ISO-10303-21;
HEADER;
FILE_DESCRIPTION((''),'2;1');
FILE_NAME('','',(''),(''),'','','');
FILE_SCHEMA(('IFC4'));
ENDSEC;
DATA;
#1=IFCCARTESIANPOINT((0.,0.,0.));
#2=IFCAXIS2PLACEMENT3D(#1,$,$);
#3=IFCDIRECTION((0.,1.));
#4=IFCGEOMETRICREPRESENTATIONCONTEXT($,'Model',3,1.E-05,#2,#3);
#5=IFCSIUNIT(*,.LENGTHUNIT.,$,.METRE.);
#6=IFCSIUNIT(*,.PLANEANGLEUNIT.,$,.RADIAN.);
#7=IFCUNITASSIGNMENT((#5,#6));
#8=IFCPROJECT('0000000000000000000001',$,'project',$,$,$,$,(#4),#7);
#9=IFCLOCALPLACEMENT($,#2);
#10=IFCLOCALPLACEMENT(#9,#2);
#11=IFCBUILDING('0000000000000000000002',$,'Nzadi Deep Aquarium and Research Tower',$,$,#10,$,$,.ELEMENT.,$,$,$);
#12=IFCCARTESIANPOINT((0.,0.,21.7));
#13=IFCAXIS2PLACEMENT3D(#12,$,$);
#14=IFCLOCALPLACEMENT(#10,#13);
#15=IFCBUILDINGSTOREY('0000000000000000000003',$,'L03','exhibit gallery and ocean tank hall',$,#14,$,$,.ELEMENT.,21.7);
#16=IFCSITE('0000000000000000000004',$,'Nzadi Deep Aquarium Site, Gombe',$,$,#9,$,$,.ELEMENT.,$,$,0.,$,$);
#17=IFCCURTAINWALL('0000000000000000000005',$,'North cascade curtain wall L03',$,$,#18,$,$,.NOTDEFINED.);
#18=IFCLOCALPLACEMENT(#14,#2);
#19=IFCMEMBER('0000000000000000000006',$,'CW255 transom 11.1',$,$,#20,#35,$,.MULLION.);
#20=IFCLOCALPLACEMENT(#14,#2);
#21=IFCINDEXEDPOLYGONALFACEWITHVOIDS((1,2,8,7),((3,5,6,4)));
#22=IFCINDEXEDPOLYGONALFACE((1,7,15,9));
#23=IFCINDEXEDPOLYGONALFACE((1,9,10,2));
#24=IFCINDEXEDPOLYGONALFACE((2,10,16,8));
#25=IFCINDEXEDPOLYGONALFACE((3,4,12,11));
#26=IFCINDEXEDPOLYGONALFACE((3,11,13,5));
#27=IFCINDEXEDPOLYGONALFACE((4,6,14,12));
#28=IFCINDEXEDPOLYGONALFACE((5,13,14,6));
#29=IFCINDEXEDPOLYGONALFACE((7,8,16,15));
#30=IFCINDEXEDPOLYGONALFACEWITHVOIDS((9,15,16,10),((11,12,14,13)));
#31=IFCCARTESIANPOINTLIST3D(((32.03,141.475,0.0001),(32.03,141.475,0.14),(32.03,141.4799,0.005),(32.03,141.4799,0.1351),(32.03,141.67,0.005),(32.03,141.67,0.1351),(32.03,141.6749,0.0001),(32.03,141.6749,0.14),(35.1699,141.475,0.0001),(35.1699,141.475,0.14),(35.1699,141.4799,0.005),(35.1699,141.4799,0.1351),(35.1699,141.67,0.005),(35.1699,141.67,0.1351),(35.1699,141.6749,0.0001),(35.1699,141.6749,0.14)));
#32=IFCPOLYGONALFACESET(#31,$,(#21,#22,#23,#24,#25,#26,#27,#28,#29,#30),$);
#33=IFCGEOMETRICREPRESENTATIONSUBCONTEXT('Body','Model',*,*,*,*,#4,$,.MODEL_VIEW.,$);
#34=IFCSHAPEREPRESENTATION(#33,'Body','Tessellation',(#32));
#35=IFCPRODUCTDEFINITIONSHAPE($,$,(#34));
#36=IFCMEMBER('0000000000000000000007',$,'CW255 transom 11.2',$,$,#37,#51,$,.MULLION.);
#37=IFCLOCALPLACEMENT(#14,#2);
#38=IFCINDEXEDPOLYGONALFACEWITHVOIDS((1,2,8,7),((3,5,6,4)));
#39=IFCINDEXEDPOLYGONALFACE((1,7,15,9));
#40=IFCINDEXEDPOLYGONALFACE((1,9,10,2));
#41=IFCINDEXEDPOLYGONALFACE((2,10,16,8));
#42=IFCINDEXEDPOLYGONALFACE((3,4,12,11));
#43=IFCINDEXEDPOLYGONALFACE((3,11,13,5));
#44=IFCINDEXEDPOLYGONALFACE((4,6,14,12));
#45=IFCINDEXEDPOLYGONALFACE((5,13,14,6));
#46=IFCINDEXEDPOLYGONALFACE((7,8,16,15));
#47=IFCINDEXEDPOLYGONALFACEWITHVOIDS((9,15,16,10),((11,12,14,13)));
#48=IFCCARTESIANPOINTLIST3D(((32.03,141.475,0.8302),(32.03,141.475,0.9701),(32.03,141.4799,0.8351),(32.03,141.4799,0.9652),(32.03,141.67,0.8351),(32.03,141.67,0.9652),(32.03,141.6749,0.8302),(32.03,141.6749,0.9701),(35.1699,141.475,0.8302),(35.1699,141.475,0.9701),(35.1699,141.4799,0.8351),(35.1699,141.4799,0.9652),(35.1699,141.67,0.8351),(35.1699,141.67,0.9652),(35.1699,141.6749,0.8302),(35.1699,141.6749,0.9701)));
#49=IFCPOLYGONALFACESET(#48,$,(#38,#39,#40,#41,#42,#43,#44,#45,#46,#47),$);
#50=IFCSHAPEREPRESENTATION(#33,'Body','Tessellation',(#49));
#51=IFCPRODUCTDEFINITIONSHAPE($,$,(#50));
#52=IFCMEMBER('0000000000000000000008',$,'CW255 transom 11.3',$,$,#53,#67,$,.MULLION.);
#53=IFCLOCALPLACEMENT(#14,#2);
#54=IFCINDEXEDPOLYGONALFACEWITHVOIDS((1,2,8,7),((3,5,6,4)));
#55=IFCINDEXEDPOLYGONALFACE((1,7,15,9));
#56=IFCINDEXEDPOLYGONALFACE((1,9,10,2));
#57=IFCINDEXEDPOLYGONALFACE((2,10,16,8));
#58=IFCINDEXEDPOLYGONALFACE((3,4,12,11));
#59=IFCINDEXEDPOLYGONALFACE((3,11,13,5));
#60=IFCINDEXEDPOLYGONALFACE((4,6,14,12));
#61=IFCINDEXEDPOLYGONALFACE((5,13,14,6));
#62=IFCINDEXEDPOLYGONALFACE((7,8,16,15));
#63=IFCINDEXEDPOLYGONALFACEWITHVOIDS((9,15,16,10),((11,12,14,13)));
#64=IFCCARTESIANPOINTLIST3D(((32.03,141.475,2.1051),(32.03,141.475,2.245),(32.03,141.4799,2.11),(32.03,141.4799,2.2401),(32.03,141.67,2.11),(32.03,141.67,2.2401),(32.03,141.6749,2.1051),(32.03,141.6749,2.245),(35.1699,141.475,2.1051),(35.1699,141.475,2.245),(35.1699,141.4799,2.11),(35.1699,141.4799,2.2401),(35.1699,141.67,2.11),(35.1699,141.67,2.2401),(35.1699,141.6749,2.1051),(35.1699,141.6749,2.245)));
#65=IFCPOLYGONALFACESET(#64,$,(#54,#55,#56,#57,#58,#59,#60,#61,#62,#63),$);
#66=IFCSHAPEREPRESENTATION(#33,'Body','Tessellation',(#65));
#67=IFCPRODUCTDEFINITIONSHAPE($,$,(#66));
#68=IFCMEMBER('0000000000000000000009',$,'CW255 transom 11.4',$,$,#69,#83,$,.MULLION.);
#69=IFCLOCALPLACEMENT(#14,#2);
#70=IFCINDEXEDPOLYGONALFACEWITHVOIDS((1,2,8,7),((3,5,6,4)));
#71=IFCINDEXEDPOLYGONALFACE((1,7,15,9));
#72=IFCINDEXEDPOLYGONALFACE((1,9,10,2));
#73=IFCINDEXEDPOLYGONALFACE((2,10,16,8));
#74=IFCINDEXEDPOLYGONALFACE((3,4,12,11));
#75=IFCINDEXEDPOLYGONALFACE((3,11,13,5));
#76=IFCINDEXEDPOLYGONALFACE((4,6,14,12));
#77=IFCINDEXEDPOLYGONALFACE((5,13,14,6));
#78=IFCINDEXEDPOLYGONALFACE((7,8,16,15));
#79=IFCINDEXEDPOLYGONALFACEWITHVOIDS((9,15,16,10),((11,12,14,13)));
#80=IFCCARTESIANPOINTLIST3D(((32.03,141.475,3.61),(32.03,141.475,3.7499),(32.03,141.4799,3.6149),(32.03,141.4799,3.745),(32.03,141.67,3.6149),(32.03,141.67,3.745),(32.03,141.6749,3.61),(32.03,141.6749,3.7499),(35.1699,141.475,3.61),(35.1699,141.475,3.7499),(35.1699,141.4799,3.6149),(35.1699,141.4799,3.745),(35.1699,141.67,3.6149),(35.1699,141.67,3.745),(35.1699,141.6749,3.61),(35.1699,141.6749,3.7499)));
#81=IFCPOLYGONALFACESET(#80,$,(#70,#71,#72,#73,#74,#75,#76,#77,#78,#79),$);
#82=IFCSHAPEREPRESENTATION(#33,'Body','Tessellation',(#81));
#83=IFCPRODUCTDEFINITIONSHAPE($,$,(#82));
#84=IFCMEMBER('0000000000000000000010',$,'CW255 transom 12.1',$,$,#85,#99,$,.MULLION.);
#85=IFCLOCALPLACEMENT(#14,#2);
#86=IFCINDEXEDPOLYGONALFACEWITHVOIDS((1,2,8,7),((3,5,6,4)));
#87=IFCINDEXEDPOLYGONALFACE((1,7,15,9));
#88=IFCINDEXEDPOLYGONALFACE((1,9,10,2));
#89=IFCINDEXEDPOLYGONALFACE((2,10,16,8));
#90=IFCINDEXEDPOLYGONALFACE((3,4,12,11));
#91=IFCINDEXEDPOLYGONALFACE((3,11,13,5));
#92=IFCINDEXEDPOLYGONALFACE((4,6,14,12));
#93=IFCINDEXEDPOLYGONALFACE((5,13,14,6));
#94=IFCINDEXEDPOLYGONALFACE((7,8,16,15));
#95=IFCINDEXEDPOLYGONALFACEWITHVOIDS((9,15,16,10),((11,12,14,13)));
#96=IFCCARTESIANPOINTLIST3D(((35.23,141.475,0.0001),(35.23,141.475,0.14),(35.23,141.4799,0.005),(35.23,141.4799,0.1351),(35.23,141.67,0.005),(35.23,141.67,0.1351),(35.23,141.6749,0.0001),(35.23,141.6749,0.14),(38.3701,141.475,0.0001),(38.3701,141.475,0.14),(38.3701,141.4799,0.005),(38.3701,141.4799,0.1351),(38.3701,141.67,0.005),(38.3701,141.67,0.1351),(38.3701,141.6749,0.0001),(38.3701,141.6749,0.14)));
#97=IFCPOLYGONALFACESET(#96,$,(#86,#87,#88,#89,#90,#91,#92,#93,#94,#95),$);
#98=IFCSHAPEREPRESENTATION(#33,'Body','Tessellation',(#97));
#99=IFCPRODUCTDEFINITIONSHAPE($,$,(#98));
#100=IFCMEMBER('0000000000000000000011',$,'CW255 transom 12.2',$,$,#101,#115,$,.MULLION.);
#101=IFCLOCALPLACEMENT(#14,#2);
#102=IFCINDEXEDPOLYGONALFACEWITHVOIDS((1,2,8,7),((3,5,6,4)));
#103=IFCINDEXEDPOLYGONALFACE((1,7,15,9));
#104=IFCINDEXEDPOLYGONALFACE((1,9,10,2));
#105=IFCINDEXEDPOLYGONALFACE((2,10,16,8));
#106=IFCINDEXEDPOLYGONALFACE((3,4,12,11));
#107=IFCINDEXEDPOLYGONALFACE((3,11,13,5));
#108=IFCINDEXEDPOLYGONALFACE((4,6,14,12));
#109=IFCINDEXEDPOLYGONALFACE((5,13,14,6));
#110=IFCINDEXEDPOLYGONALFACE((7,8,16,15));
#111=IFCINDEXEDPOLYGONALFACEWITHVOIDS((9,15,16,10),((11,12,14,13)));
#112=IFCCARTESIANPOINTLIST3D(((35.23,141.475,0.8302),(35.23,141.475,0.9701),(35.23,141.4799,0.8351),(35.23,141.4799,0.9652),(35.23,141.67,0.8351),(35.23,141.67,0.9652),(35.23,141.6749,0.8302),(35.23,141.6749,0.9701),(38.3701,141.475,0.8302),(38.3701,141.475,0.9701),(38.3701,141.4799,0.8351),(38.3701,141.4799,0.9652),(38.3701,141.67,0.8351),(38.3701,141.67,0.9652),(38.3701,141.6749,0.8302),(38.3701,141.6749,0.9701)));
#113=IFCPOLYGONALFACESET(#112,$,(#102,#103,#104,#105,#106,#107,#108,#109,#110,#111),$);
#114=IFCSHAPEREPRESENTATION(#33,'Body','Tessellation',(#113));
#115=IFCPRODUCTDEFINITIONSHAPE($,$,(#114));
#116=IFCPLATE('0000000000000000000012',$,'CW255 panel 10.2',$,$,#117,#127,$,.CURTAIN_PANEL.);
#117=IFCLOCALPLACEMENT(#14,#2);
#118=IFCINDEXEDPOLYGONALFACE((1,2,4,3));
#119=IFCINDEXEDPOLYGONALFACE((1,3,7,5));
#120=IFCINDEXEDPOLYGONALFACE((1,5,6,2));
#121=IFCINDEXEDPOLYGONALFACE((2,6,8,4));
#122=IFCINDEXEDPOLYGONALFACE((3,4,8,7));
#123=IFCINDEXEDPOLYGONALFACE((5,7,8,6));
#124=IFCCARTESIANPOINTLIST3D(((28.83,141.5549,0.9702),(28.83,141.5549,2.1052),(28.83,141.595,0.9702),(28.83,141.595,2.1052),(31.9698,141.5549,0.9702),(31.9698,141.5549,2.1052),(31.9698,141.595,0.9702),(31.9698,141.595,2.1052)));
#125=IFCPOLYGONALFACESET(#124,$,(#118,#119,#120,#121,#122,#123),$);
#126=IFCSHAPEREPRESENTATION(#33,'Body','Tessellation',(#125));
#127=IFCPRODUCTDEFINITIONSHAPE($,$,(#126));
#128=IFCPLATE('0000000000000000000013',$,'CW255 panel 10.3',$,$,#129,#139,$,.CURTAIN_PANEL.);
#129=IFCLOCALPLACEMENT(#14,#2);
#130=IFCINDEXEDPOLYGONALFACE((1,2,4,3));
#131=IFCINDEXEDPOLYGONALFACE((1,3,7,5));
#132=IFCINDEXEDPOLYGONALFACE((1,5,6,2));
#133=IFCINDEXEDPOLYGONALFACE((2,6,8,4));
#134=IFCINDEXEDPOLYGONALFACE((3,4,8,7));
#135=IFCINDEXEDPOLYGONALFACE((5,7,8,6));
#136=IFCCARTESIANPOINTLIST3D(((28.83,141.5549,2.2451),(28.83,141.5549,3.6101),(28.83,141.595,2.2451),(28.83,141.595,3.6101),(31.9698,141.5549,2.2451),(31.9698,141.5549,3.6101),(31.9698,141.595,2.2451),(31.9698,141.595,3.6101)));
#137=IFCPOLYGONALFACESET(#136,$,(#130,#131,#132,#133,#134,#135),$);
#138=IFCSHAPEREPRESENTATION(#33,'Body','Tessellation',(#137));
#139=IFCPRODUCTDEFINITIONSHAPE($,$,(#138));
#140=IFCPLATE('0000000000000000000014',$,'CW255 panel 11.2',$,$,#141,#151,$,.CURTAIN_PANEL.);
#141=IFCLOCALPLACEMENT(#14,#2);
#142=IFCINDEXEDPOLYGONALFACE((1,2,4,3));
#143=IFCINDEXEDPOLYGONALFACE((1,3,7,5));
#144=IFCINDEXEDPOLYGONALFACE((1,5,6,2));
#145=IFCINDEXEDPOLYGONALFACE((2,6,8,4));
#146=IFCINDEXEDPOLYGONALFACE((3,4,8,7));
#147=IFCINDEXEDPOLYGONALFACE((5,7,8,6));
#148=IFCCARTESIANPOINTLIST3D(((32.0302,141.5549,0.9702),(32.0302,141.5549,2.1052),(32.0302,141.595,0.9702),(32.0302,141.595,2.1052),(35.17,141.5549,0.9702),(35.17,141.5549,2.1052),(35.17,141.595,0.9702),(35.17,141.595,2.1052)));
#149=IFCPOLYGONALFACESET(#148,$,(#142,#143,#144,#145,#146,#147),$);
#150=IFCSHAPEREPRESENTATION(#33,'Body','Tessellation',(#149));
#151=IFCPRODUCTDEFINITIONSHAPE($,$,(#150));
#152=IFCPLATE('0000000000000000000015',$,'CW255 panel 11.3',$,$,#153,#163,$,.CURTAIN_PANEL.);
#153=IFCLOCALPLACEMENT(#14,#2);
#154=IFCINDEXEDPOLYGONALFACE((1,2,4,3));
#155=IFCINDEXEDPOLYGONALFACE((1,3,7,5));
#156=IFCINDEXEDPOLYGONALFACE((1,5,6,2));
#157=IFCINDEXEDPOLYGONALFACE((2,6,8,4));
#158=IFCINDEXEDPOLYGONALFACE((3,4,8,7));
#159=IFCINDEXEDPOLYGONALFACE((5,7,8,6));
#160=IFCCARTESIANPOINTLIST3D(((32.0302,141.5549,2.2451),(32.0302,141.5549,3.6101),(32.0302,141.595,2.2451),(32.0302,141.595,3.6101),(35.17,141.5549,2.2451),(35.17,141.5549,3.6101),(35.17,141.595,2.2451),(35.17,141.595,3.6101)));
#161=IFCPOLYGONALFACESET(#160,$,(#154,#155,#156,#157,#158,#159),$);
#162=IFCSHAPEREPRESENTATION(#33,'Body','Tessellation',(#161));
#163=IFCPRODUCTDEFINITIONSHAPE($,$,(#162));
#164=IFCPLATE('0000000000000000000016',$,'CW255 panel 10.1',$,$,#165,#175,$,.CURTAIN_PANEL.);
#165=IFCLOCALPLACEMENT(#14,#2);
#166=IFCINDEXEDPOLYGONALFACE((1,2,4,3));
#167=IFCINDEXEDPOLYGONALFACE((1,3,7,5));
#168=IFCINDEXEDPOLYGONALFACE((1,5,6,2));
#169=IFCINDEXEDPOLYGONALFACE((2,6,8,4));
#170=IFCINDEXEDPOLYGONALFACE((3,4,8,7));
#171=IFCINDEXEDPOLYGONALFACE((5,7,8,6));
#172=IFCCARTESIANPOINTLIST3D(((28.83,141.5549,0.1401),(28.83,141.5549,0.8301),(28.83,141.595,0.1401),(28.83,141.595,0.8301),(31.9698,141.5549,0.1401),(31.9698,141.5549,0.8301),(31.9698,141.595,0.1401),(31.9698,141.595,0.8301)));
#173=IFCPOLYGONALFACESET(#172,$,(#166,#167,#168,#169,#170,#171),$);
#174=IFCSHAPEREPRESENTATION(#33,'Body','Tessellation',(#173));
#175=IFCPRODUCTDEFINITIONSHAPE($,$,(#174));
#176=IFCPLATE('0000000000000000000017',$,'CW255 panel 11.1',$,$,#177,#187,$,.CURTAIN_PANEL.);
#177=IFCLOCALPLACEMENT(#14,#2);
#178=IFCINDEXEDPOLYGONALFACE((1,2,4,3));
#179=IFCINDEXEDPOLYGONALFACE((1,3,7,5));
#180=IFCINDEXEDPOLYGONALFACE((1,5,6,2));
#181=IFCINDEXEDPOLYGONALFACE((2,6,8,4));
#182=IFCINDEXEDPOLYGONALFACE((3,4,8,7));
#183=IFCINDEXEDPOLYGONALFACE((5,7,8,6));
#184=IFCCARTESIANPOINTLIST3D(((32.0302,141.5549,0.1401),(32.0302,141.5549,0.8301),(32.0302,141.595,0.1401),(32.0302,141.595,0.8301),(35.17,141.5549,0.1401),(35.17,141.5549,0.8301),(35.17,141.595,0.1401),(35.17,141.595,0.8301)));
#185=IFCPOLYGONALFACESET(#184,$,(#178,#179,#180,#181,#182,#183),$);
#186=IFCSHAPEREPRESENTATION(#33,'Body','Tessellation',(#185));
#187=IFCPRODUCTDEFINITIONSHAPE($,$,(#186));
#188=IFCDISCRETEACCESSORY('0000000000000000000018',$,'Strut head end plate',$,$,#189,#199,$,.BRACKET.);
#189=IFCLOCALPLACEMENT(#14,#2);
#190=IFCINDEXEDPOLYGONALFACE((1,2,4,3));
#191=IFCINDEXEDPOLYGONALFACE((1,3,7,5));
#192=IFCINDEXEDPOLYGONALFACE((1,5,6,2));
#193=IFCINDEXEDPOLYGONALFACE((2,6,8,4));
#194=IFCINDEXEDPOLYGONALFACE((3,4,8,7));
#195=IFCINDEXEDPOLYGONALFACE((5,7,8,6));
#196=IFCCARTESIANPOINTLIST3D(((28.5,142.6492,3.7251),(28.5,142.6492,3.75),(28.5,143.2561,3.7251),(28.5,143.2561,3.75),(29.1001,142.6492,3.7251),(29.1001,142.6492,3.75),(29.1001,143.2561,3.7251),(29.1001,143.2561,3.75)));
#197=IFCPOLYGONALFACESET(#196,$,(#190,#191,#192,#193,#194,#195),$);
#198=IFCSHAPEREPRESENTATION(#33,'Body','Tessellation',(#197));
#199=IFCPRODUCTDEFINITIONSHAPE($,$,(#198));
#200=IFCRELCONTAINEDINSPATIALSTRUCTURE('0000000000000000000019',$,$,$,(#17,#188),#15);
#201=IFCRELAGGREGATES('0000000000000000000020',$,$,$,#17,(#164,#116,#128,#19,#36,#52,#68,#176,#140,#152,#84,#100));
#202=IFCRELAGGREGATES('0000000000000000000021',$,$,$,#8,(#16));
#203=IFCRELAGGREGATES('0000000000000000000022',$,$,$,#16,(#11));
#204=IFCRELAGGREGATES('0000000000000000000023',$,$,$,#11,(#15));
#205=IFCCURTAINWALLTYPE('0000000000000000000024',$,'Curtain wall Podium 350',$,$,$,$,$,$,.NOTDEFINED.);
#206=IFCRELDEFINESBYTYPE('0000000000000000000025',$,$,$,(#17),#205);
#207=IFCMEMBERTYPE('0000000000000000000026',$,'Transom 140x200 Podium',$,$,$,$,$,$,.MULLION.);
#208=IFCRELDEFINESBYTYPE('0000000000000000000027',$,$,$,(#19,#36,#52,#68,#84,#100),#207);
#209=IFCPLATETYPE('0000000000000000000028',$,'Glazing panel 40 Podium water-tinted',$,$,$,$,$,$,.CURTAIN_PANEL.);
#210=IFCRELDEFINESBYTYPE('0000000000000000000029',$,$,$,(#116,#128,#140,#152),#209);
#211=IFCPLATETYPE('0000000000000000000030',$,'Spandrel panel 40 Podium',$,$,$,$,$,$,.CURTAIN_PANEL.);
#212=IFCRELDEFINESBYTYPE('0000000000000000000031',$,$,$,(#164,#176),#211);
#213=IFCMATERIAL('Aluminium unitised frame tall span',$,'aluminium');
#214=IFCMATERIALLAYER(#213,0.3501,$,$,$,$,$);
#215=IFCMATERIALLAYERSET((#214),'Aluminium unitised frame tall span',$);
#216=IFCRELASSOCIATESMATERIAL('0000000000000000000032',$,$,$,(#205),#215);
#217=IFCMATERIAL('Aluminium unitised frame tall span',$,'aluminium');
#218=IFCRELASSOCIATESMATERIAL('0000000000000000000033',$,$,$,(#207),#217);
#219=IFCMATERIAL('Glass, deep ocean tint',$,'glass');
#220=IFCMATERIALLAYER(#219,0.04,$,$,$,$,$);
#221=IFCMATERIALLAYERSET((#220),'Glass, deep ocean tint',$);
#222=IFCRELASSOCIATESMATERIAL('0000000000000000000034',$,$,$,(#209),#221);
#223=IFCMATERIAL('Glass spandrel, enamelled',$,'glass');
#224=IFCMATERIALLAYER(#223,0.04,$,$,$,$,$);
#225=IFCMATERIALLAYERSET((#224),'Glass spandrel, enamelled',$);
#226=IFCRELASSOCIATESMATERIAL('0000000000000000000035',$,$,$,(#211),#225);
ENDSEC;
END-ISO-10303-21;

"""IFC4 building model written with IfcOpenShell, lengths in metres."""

from ifc_helpers import new_model, si_unit, direction, frame, origin, origin_2d, place, context, subcontext, project, spatial, rectangle, hollow_rectangle, extrude, material, layer, layer_set, material_profile, profile_set, type_object, element, aggregate, save


model = new_model("IFC4")

# Units and contexts
model_context = context("Model", 3, precision=1e-05, world=origin(), true_north=direction((0.0, 1.0)))
body_context = subcontext(model_context, "Body", "Model", "MODEL_VIEW")
ifc_project = project(units=[si_unit("LENGTHUNIT", "METRE"), si_unit("PLANEANGLEUNIT", "RADIAN")], contexts=[model_context])

# Site, building, storey
site_placement = place(None, origin())
site = spatial("IfcSite", under=ifc_project, at=site_placement, Name="Nzadi Deep Aquarium Site, Gombe", CompositionType="ELEMENT", RefElevation=0.0)
building_placement = place(site_placement, origin())
building = spatial("IfcBuilding", under=site, at=building_placement, Name="Nzadi Deep Aquarium and Research Tower", CompositionType="ELEMENT")
storey_placement = place(building_placement, frame((0.0, 0.0, 21.7)))
storey = spatial("IfcBuildingStorey", under=building, at=storey_placement, Name="L03", Description="exhibit gallery and ocean tank hall", CompositionType="ELEMENT", Elevation=21.7)

# Curtain wall
ifc_material_1 = material(Name="Aluminium unitised frame tall span", Category="aluminium")
ifc_layer_1 = layer(ifc_material_1, 0.3501)
ifc_layer_set_1 = layer_set([ifc_layer_1], Name="Aluminium unitised frame tall span")
curtain_wall_type = type_object("IfcCurtainWallType", Name="Curtain wall Podium 350", PredefinedType="NOTDEFINED", material=ifc_layer_set_1)
curtain_wall_placement = place(storey_placement, origin())
curtain_wall = element("IfcCurtainWall", 1, at=curtain_wall_placement, inside=storey, type_object=curtain_wall_type, Name="North cascade curtain wall L03", PredefinedType="NOTDEFINED")

# Members
ifc_material_2 = material(Name="Aluminium unitised frame tall span", Category="aluminium")
ifc_material_profile_1 = material_profile(ifc_material_2, hollow_rectangle(XDim=0.2, YDim=0.1399, WallThickness=0.0049, at=origin_2d()))
ifc_profile_set_1 = profile_set([ifc_material_profile_1], Name="Aluminium unitised frame tall span")
member_type_1 = type_object("IfcMemberType", Name="Transom 140x200 Podium", PredefinedType="MULLION", material=ifc_profile_set_1)
member_1_placement = place(storey_placement, frame((32.03, 141.575, 0.0701), z_axis=(1.0, 0.0, 0.0), x_axis=(0.0, 1.0, 0.0)))
member_1 = element("IfcMember", 2, at=member_1_placement, type_object=member_type_1, Name="CW255 transom 11.1", PredefinedType="MULLION", context=body_context, shape_type="SweptSolid", body=[
    extrude(hollow_rectangle(XDim=0.2, YDim=0.1399, WallThickness=0.0049, at=origin_2d()), origin(), (0.0, 0.0, 1.0), 3.1399),
])
member_2_placement = place(storey_placement, frame((32.03, 141.575, 0.9001), z_axis=(1.0, 0.0, 0.0), x_axis=(0.0, 1.0, 0.0)))
member_2 = element("IfcMember", 3, at=member_2_placement, type_object=member_type_1, Name="CW255 transom 11.2", PredefinedType="MULLION", context=body_context, shape_type="SweptSolid", body=[
    extrude(hollow_rectangle(XDim=0.2, YDim=0.1399, WallThickness=0.0049, at=origin_2d()), origin(), (0.0, 0.0, 1.0), 3.1399),
])
member_3_placement = place(storey_placement, frame((32.03, 141.575, 2.175), z_axis=(1.0, 0.0, 0.0), x_axis=(0.0, 1.0, 0.0)))
member_3 = element("IfcMember", 4, at=member_3_placement, type_object=member_type_1, Name="CW255 transom 11.3", PredefinedType="MULLION", context=body_context, shape_type="SweptSolid", body=[
    extrude(hollow_rectangle(XDim=0.2, YDim=0.1399, WallThickness=0.0049, at=origin_2d()), origin(), (0.0, 0.0, 1.0), 3.1399),
])
member_4_placement = place(storey_placement, frame((32.03, 141.575, 3.6799), z_axis=(1.0, 0.0, 0.0), x_axis=(0.0, 1.0, 0.0)))
member_4 = element("IfcMember", 5, at=member_4_placement, type_object=member_type_1, Name="CW255 transom 11.4", PredefinedType="MULLION", context=body_context, shape_type="SweptSolid", body=[
    extrude(hollow_rectangle(XDim=0.2, YDim=0.1399, WallThickness=0.0049, at=origin_2d()), origin(), (0.0, 0.0, 1.0), 3.1399),
])
member_5_placement = place(storey_placement, frame((35.23, 141.575, 0.0701), z_axis=(1.0, 0.0, 0.0), x_axis=(0.0, 1.0, 0.0)))
member_5 = element("IfcMember", 6, at=member_5_placement, type_object=member_type_1, Name="CW255 transom 12.1", PredefinedType="MULLION", context=body_context, shape_type="SweptSolid", body=[
    extrude(hollow_rectangle(XDim=0.2, YDim=0.1399, WallThickness=0.0049, at=origin_2d()), origin(), (0.0, 0.0, 1.0), 3.1401),
])
member_6_placement = place(storey_placement, frame((35.23, 141.575, 0.9001), z_axis=(1.0, 0.0, 0.0), x_axis=(0.0, 1.0, 0.0)))
member_6 = element("IfcMember", 7, at=member_6_placement, type_object=member_type_1, Name="CW255 transom 12.2", PredefinedType="MULLION", context=body_context, shape_type="SweptSolid", body=[
    extrude(hollow_rectangle(XDim=0.2, YDim=0.1399, WallThickness=0.0049, at=origin_2d()), origin(), (0.0, 0.0, 1.0), 3.1401),
])

# Plates
ifc_material_3 = material(Name="Glass, deep ocean tint", Category="glass")
ifc_layer_2 = layer(ifc_material_3, 0.04)
ifc_layer_set_2 = layer_set([ifc_layer_2], Name="Glass, deep ocean tint")
plate_type_1 = type_object("IfcPlateType", Name="Glazing panel 40 Podium water-tinted", PredefinedType="CURTAIN_PANEL", material=ifc_layer_set_2)
plate_1_placement = place(storey_placement, frame((30.3999, 141.575, 0.9702), z_axis=(0.0, 0.0, 1.0), x_axis=(1.0, 0.0, 0.0)))
plate_1 = element("IfcPlate", 8, at=plate_1_placement, type_object=plate_type_1, Name="CW255 panel 10.2", PredefinedType="CURTAIN_PANEL", context=body_context, shape_type="SweptSolid", body=[
    extrude(rectangle(XDim=3.1399, YDim=0.04, at=origin_2d()), origin(), (0.0, 0.0, 1.0), 1.135),
])
plate_2_placement = place(storey_placement, frame((30.3999, 141.575, 2.2451), z_axis=(0.0, 0.0, 1.0), x_axis=(1.0, 0.0, 0.0)))
plate_2 = element("IfcPlate", 9, at=plate_2_placement, type_object=plate_type_1, Name="CW255 panel 10.3", PredefinedType="CURTAIN_PANEL", context=body_context, shape_type="SweptSolid", body=[
    extrude(rectangle(XDim=3.1399, YDim=0.04, at=origin_2d()), origin(), (0.0, 0.0, 1.0), 1.365),
])
plate_3_placement = place(storey_placement, frame((33.6001, 141.575, 0.9702), z_axis=(0.0, 0.0, 1.0), x_axis=(1.0, 0.0, 0.0)))
plate_3 = element("IfcPlate", 10, at=plate_3_placement, type_object=plate_type_1, Name="CW255 panel 11.2", PredefinedType="CURTAIN_PANEL", context=body_context, shape_type="SweptSolid", body=[
    extrude(rectangle(XDim=3.1399, YDim=0.04, at=origin_2d()), origin(), (0.0, 0.0, 1.0), 1.135),
])
plate_4_placement = place(storey_placement, frame((33.6001, 141.575, 2.2451), z_axis=(0.0, 0.0, 1.0), x_axis=(1.0, 0.0, 0.0)))
plate_4 = element("IfcPlate", 11, at=plate_4_placement, type_object=plate_type_1, Name="CW255 panel 11.3", PredefinedType="CURTAIN_PANEL", context=body_context, shape_type="SweptSolid", body=[
    extrude(rectangle(XDim=3.1399, YDim=0.04, at=origin_2d()), origin(), (0.0, 0.0, 1.0), 1.365),
])
ifc_material_4 = material(Name="Glass spandrel, enamelled", Category="glass")
ifc_layer_3 = layer(ifc_material_4, 0.04)
ifc_layer_set_3 = layer_set([ifc_layer_3], Name="Glass spandrel, enamelled")
plate_type_2 = type_object("IfcPlateType", Name="Spandrel panel 40 Podium", PredefinedType="CURTAIN_PANEL", material=ifc_layer_set_3)
plate_5_placement = place(storey_placement, frame((30.3999, 141.575, 0.1401), z_axis=(0.0, 0.0, 1.0), x_axis=(1.0, 0.0, 0.0)))
plate_5 = element("IfcPlate", 12, at=plate_5_placement, type_object=plate_type_2, Name="CW255 panel 10.1", PredefinedType="CURTAIN_PANEL", context=body_context, shape_type="SweptSolid", body=[
    extrude(rectangle(XDim=3.1399, YDim=0.04, at=origin_2d()), origin(), (0.0, 0.0, 1.0), 0.6899),
])
plate_6_placement = place(storey_placement, frame((33.6001, 141.575, 0.1401), z_axis=(0.0, 0.0, 1.0), x_axis=(1.0, 0.0, 0.0)))
plate_6 = element("IfcPlate", 13, at=plate_6_placement, type_object=plate_type_2, Name="CW255 panel 11.1", PredefinedType="CURTAIN_PANEL", context=body_context, shape_type="SweptSolid", body=[
    extrude(rectangle(XDim=3.1399, YDim=0.04, at=origin_2d()), origin(), (0.0, 0.0, 1.0), 0.6899),
])
aggregate(curtain_wall, [plate_5, plate_1, plate_2, member_1, member_2, member_3, member_4, plate_6, plate_3, plate_4, member_5, member_6])

# Discrete accessory
discrete_accessory_placement = place(storey_placement, frame((28.8, 142.9526, 3.7251), z_axis=(0.0, 0.0, 1.0), x_axis=(1.0, 0.0, 0.0)))
element("IfcDiscreteAccessory", 14, at=discrete_accessory_placement, inside=storey, Name="Strut head end plate", PredefinedType="BRACKET", context=body_context, shape_type="SweptSolid", body=[
    extrude(rectangle(XDim=0.6001, YDim=0.6069, at=origin_2d()), origin(), (0.0, 0.0, 1.0), 0.0249),
])

save(model, "model.ifc")
